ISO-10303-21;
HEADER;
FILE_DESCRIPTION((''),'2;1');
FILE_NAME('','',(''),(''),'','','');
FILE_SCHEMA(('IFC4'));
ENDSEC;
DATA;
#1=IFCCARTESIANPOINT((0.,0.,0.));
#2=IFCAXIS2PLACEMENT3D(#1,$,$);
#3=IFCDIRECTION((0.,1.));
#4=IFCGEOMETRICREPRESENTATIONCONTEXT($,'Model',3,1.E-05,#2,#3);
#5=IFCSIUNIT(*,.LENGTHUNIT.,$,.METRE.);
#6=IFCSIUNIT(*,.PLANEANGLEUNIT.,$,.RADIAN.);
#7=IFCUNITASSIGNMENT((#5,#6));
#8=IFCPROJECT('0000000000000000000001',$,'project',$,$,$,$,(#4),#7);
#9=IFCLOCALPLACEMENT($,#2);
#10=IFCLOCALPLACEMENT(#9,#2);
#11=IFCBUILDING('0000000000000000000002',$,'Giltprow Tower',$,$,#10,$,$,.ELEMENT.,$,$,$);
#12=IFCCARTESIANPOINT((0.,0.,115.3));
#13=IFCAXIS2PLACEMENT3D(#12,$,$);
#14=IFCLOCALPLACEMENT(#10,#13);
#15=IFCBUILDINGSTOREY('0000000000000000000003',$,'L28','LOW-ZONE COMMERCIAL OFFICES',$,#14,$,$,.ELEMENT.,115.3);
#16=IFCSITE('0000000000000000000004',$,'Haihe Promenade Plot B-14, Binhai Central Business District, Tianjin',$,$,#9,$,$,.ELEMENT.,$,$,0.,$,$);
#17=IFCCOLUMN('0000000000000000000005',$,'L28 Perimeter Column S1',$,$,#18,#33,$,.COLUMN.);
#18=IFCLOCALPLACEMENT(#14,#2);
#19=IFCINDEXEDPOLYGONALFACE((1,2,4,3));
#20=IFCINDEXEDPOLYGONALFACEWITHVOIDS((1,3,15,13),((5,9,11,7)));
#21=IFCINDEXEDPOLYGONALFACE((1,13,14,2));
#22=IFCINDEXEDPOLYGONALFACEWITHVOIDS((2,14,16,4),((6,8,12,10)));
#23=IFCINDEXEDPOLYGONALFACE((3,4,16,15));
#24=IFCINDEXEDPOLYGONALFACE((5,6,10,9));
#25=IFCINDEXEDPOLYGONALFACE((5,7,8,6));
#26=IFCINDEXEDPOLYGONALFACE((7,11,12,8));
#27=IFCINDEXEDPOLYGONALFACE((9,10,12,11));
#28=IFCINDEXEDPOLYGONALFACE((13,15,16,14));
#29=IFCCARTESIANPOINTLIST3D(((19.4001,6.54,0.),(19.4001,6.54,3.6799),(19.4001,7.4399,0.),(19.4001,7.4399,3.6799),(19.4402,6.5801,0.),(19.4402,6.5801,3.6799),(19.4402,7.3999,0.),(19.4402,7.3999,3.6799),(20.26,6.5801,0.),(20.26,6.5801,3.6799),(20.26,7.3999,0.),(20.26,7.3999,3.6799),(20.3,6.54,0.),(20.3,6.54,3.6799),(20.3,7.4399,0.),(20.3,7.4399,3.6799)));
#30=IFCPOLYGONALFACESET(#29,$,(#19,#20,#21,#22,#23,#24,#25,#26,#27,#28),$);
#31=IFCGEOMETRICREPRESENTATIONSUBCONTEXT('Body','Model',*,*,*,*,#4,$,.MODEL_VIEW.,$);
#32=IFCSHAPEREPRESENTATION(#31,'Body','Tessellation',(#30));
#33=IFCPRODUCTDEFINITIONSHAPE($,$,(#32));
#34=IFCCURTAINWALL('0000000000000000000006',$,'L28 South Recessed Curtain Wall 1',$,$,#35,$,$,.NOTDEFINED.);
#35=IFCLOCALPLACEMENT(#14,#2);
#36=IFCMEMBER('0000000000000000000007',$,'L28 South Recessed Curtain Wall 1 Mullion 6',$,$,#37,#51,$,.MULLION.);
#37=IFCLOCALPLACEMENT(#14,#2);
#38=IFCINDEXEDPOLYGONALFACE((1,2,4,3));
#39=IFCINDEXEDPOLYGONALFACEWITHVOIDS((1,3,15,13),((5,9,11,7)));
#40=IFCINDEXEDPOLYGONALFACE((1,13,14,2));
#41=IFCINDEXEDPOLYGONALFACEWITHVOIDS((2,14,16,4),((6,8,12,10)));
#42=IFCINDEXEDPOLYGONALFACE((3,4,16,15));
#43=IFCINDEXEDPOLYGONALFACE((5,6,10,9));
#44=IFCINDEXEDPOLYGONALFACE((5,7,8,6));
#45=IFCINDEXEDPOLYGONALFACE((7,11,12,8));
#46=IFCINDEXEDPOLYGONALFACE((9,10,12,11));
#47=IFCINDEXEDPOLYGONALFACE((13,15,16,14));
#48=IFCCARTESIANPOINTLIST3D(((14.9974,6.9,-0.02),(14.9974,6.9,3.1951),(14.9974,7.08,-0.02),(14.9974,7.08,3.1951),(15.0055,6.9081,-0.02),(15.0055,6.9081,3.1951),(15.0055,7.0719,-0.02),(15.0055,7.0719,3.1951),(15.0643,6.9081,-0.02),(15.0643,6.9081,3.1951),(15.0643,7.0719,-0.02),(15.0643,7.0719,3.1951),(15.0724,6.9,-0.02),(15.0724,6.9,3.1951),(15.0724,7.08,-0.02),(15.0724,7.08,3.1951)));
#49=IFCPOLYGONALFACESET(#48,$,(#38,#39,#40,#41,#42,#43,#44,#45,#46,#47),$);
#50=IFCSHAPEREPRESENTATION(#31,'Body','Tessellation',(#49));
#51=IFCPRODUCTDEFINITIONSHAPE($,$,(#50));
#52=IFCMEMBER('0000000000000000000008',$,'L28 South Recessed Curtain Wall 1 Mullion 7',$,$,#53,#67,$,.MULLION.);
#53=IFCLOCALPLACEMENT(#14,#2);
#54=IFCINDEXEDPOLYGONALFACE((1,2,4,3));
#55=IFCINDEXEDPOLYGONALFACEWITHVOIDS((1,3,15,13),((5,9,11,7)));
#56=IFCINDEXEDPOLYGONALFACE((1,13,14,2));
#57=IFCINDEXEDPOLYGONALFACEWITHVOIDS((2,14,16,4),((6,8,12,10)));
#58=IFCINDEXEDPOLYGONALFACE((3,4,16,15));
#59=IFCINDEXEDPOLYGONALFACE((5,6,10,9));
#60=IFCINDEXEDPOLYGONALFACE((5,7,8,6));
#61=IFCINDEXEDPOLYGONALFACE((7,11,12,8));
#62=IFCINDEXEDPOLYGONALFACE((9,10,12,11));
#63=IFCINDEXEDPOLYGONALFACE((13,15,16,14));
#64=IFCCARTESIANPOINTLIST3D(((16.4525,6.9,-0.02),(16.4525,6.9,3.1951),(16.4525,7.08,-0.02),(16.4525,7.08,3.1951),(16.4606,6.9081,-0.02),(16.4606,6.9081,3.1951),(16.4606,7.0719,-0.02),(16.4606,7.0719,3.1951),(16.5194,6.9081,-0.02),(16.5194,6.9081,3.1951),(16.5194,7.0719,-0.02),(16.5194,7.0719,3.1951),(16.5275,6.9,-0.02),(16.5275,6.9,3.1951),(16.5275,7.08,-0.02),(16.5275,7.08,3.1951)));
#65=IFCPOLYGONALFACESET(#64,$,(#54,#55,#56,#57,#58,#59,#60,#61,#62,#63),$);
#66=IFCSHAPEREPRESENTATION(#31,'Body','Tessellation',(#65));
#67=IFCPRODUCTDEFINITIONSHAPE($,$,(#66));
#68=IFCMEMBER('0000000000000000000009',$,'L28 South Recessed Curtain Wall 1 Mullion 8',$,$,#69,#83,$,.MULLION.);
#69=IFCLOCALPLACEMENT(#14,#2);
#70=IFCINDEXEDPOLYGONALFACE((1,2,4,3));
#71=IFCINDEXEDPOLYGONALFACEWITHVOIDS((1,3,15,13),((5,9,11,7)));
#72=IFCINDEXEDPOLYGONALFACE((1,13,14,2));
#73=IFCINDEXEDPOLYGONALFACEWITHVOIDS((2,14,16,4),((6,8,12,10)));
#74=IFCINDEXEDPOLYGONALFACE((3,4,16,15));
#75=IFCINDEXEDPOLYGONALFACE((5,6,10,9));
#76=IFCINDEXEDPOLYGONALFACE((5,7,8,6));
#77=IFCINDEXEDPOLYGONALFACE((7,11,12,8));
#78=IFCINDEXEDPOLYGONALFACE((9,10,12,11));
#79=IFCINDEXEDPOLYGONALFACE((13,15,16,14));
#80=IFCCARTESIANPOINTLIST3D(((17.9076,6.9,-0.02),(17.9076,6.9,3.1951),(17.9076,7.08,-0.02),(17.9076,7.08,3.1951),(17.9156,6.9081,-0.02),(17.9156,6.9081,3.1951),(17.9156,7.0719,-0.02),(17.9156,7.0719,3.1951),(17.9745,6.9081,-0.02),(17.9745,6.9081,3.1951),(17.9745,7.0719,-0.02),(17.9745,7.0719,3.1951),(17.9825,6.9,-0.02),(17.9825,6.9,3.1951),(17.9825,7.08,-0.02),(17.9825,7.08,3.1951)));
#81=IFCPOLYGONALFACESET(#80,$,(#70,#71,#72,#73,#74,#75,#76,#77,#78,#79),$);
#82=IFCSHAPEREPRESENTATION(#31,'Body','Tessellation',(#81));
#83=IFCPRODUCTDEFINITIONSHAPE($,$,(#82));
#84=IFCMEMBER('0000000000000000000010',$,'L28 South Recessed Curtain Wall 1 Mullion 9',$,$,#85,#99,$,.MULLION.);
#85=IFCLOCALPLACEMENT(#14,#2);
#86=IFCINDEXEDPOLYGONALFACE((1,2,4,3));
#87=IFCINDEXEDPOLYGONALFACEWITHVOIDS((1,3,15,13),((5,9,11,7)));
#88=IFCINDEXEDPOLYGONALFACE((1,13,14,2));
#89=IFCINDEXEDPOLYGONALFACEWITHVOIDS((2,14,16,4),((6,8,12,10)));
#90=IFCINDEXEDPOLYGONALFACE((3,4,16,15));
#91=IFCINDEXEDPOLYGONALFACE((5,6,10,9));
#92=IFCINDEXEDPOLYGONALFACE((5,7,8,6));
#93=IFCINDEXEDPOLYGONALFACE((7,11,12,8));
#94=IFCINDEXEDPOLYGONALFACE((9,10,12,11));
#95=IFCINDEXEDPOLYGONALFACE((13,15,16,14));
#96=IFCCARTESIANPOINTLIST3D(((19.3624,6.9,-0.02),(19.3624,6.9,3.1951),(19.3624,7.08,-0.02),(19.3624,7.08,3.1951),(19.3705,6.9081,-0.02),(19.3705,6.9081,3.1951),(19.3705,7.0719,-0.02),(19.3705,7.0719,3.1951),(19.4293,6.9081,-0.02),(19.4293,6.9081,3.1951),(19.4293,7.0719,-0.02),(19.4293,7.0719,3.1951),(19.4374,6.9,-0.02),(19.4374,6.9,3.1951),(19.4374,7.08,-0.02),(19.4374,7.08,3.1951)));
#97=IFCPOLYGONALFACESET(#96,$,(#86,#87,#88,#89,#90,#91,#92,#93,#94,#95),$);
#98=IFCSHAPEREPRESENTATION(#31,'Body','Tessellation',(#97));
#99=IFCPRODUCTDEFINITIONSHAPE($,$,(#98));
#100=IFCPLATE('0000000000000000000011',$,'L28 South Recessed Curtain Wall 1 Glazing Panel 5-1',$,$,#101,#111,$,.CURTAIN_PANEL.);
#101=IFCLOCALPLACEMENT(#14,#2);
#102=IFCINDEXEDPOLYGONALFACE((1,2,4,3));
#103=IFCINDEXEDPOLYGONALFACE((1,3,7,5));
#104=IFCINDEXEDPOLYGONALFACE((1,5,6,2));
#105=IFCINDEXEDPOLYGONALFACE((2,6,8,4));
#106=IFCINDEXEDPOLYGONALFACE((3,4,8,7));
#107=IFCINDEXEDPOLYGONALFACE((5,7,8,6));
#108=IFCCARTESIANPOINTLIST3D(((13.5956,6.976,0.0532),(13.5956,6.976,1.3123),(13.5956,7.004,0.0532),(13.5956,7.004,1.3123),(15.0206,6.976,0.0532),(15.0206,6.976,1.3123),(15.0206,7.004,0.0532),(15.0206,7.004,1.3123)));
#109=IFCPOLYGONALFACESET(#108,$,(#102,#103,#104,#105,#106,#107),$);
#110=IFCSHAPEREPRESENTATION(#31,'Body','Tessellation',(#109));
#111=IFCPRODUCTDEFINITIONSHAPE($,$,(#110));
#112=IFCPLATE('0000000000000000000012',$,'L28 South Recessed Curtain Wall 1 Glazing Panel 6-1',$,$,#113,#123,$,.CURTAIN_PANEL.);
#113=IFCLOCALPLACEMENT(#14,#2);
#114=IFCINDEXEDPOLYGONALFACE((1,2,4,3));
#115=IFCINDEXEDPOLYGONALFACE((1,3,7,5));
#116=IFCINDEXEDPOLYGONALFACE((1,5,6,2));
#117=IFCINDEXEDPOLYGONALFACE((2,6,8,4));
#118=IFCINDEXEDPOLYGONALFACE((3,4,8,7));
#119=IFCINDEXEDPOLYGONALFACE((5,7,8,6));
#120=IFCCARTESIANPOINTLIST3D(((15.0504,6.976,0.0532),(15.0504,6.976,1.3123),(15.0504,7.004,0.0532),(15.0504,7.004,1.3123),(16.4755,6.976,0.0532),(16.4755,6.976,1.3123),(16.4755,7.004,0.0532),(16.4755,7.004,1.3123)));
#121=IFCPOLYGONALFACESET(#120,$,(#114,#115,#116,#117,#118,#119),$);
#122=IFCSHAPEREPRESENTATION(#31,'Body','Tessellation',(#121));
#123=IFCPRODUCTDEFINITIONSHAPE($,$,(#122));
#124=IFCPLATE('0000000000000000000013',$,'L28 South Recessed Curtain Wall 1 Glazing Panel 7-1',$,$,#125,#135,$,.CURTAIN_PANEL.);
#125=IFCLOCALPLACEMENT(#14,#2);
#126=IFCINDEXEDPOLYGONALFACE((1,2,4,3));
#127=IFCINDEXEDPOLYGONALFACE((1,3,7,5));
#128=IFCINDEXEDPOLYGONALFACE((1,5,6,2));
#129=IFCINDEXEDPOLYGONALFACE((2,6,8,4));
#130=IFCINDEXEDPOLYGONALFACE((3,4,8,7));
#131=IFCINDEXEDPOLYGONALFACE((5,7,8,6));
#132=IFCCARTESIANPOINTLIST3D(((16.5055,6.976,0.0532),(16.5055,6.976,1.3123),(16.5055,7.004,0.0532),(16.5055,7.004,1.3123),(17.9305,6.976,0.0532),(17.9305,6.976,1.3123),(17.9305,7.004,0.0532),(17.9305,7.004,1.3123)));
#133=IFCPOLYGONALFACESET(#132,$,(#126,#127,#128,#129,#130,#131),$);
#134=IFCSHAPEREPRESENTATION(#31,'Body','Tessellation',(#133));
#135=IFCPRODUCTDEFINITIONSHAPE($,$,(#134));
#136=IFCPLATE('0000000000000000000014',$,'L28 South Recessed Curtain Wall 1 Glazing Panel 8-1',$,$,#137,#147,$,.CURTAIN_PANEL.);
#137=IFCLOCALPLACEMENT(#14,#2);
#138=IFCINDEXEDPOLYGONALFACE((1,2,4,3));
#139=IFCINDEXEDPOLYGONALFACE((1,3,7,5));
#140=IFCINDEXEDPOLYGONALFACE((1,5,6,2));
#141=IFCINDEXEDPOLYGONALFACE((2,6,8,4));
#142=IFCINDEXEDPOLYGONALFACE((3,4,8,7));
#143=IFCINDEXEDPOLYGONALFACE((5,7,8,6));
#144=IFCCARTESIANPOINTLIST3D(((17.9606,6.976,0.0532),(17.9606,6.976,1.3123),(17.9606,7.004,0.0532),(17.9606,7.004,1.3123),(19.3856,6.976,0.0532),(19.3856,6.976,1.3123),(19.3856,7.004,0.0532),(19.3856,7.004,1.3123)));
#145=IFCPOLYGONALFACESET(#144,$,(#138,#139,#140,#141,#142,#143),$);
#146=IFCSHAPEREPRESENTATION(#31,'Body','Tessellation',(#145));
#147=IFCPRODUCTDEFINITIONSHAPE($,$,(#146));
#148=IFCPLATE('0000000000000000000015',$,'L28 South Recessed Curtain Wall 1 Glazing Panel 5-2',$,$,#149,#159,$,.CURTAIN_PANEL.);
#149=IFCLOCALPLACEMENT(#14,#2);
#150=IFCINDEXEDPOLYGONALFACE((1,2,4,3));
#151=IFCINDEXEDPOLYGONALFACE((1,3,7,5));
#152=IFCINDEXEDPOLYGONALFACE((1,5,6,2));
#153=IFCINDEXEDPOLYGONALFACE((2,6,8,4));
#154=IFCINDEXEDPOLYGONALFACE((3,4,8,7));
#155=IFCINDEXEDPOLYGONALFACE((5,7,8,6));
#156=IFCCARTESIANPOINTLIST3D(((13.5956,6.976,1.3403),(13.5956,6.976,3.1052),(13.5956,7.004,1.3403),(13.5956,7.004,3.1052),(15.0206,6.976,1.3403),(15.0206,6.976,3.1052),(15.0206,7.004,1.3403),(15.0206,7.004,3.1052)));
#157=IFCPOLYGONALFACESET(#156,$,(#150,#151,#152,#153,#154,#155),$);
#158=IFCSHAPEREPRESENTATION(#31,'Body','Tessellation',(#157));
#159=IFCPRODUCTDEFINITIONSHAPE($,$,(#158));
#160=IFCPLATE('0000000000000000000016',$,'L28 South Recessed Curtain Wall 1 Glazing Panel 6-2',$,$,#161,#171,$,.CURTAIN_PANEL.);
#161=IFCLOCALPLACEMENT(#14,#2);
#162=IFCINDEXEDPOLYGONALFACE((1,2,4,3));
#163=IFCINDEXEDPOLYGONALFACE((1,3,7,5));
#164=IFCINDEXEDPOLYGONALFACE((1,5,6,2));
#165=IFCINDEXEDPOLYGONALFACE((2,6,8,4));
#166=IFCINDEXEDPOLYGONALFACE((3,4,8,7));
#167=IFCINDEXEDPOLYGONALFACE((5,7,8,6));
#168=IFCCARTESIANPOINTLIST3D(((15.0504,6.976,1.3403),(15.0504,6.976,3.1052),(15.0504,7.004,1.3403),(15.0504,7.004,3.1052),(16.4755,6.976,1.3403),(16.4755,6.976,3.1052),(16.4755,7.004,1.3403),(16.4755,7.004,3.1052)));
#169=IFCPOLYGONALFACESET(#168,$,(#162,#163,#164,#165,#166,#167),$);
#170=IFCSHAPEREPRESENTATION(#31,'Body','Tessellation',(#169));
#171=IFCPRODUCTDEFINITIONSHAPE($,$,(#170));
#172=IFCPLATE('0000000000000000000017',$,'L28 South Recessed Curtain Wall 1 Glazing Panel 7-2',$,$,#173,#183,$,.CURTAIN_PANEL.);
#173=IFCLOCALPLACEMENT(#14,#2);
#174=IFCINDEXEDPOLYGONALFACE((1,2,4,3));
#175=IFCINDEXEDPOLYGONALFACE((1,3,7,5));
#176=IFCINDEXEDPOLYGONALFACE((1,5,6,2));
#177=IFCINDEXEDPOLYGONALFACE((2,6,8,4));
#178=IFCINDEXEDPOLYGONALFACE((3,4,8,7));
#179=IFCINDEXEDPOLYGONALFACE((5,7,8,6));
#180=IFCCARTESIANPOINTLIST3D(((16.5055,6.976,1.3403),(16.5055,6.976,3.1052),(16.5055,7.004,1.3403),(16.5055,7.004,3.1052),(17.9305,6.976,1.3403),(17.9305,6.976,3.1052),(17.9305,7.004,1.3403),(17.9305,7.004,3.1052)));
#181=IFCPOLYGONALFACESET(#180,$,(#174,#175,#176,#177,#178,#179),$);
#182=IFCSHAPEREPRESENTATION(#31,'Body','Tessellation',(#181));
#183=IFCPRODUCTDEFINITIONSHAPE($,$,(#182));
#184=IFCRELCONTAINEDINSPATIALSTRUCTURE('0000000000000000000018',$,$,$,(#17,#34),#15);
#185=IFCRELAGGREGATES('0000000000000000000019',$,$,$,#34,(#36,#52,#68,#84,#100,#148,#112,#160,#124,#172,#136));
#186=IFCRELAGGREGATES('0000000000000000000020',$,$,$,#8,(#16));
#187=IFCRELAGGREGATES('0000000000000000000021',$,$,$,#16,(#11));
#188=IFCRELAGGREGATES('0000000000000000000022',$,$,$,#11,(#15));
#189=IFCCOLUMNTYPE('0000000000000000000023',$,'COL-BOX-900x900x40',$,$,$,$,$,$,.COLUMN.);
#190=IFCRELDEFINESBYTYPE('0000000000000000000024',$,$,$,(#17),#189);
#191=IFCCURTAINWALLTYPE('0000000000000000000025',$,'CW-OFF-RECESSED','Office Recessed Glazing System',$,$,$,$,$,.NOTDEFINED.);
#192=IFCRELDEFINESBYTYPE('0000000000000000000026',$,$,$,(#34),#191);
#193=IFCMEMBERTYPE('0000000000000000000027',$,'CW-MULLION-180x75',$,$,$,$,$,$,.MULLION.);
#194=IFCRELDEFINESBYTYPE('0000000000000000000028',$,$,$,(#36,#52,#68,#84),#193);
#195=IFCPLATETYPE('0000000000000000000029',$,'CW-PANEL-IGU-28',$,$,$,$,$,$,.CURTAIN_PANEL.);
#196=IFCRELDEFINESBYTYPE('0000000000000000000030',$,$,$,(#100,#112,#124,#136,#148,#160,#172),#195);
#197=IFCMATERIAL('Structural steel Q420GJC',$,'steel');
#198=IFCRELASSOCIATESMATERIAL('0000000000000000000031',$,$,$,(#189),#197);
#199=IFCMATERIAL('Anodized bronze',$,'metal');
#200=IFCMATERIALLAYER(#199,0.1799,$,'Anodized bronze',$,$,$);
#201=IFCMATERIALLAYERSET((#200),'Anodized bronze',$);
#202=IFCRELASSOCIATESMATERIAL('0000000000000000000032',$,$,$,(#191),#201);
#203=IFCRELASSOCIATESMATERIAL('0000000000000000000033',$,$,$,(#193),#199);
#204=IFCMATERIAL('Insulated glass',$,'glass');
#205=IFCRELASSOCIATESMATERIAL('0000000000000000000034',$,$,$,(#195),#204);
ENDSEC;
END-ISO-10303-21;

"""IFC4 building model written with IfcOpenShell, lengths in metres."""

from ifc_helpers import new_model, si_unit, direction, frame, origin, origin_2d, place, context, subcontext, project, spatial, rectangle, hollow_rectangle, extrude, source, transform, mapped, material, layer, layer_set, material_profile, profile_set, type_object, element, aggregate, save


model = new_model("IFC4")

# Units and contexts
model_context = context("Model", 3, precision=1e-05, world=origin(), true_north=direction((0.0, 1.0)))
body_context = subcontext(model_context, "Body", "Model", "MODEL_VIEW")
ifc_project = project(units=[si_unit("LENGTHUNIT", "METRE"), si_unit("PLANEANGLEUNIT", "RADIAN")], contexts=[model_context])

# Site, building, storey
site_placement = place(None, origin())
site = spatial("IfcSite", under=ifc_project, at=site_placement, Name="Haihe Promenade Plot B-14, Binhai Central Business District, Tianjin", CompositionType="ELEMENT", RefElevation=0.0)
building_placement = place(site_placement, origin())
building = spatial("IfcBuilding", under=site, at=building_placement, Name="Giltprow Tower", CompositionType="ELEMENT")
storey_placement = place(building_placement, frame((0.0, 0.0, 115.3)))
storey = spatial("IfcBuildingStorey", under=building, at=storey_placement, Name="L28", Description="LOW-ZONE COMMERCIAL OFFICES", CompositionType="ELEMENT", Elevation=115.3)

# Column
ifc_material_1 = material(Name="Structural steel Q420GJC", Category="steel")
ifc_material_profile_1 = material_profile(ifc_material_1, hollow_rectangle(XDim=0.8999, YDim=0.8999, WallThickness=0.04, at=origin_2d()), Name="BOX 900x900x40")
ifc_profile_set_1 = profile_set([ifc_material_profile_1], Name="Structural steel Q420GJC")
column_type = type_object("IfcColumnType", Name="COL-BOX-900x900x40", PredefinedType="COLUMN", material=ifc_profile_set_1)
shared_shape_1 = source(origin(), body_context, "Body", "SweptSolid", [
    extrude(hollow_rectangle(XDim=0.8999, YDim=0.8999, WallThickness=0.04, at=origin_2d()), origin(), (0.0, 0.0, 1.0), 3.6799),
])
column_placement = place(storey_placement, frame((19.8501, 6.99, 0.0), z_axis=(0.0, 0.0, 1.0), x_axis=(1.0, 0.0, 0.0)))
element("IfcColumn", 1, at=column_placement, inside=storey, type_object=column_type, Name="L28 Perimeter Column S1", PredefinedType="COLUMN", context=body_context, shape_type="MappedRepresentation", body=[
    mapped(shared_shape_1, transform((0.0, 0.0, 0.0), x_axis=(1.0, 0.0, 0.0), y_axis=(0.0, 1.0, 0.0), z_axis=(0.0, 0.0, 1.0), scale=1.0)),
])

# Curtain wall, members, plates
ifc_material_2 = material(Name="Anodized bronze", Category="metal")
ifc_layer = layer(ifc_material_2, 0.1799, Name="Anodized bronze")
ifc_layer_set = layer_set([ifc_layer], Name="Anodized bronze")
curtain_wall_type = type_object("IfcCurtainWallType", Name="CW-OFF-RECESSED", Description="Office Recessed Glazing System", PredefinedType="NOTDEFINED", material=ifc_layer_set)
curtain_wall_placement = place(storey_placement, origin())
curtain_wall = element("IfcCurtainWall", 2, at=curtain_wall_placement, inside=storey, type_object=curtain_wall_type, Name="L28 South Recessed Curtain Wall 1", PredefinedType="NOTDEFINED")
ifc_material_profile_2 = material_profile(ifc_material_2, hollow_rectangle(XDim=0.075, YDim=0.1799, WallThickness=0.0081, at=origin_2d()), Name="RHS 180x75x8")
ifc_profile_set_2 = profile_set([ifc_material_profile_2], Name="Anodized bronze")
member_type = type_object("IfcMemberType", Name="CW-MULLION-180x75", PredefinedType="MULLION", material=ifc_profile_set_2)
shared_shape_2 = source(origin(), body_context, "Body", "SweptSolid", [
    extrude(hollow_rectangle(XDim=0.075, YDim=0.1799, WallThickness=0.0081, at=origin_2d()), origin(), (0.0, 0.0, 1.0), 3.2151),
])
member_1_placement = place(storey_placement, frame((15.0349, 6.99, -0.02), z_axis=(0.0, 0.0, 1.0), x_axis=(1.0, 0.0, 0.0)))
member_1 = element("IfcMember", 3, at=member_1_placement, type_object=member_type, Name="L28 South Recessed Curtain Wall 1 Mullion 6", PredefinedType="MULLION", context=body_context, shape_type="MappedRepresentation", body=[
    mapped(shared_shape_2, transform((0.0, 0.0, 0.0), x_axis=(1.0, 0.0, 0.0), y_axis=(0.0, 1.0, 0.0), z_axis=(0.0, 0.0, 1.0), scale=1.0)),
])
member_2_placement = place(storey_placement, frame((16.49, 6.99, -0.02), z_axis=(0.0, 0.0, 1.0), x_axis=(1.0, 0.0, 0.0)))
member_2 = element("IfcMember", 4, at=member_2_placement, type_object=member_type, Name="L28 South Recessed Curtain Wall 1 Mullion 7", PredefinedType="MULLION", context=body_context, shape_type="MappedRepresentation", body=[
    mapped(shared_shape_2, transform((0.0, 0.0, 0.0), x_axis=(1.0, 0.0, 0.0), y_axis=(0.0, 1.0, 0.0), z_axis=(0.0, 0.0, 1.0), scale=1.0)),
])
member_3_placement = place(storey_placement, frame((17.9451, 6.99, -0.02), z_axis=(0.0, 0.0, 1.0), x_axis=(1.0, 0.0, 0.0)))
member_3 = element("IfcMember", 5, at=member_3_placement, type_object=member_type, Name="L28 South Recessed Curtain Wall 1 Mullion 8", PredefinedType="MULLION", context=body_context, shape_type="MappedRepresentation", body=[
    mapped(shared_shape_2, transform((0.0, 0.0, 0.0), x_axis=(1.0, 0.0, 0.0), y_axis=(0.0, 1.0, 0.0), z_axis=(0.0, 0.0, 1.0), scale=1.0)),
])
member_4_placement = place(storey_placement, frame((19.3999, 6.99, -0.02), z_axis=(0.0, 0.0, 1.0), x_axis=(1.0, 0.0, 0.0)))
member_4 = element("IfcMember", 6, at=member_4_placement, type_object=member_type, Name="L28 South Recessed Curtain Wall 1 Mullion 9", PredefinedType="MULLION", context=body_context, shape_type="MappedRepresentation", body=[
    mapped(shared_shape_2, transform((0.0, 0.0, 0.0), x_axis=(1.0, 0.0, 0.0), y_axis=(0.0, 1.0, 0.0), z_axis=(0.0, 0.0, 1.0), scale=1.0)),
])
ifc_material_3 = material(Name="Insulated glass", Category="glass")
plate_type = type_object("IfcPlateType", Name="CW-PANEL-IGU-28", PredefinedType="CURTAIN_PANEL", material=ifc_material_3)
shared_shape_3 = source(origin(), body_context, "Body", "SweptSolid", [
    extrude(rectangle(XDim=1.425, YDim=0.0281, at=origin_2d()), origin(), (0.0, 0.0, 1.0), 1.259),
])
plate_1_placement = place(storey_placement, frame((14.3081, 6.99, 0.0532), z_axis=(0.0, 0.0, 1.0), x_axis=(1.0, 0.0, 0.0)))
plate_1 = element("IfcPlate", 7, at=plate_1_placement, type_object=plate_type, Name="L28 South Recessed Curtain Wall 1 Glazing Panel 5-1", PredefinedType="CURTAIN_PANEL", context=body_context, shape_type="MappedRepresentation", body=[
    mapped(shared_shape_3, transform((0.0, 0.0, 0.0), x_axis=(1.0, 0.0, 0.0), y_axis=(0.0, 1.0, 0.0), z_axis=(0.0, 0.0, 1.0), scale=1.0)),
])
plate_2_placement = place(storey_placement, frame((15.7629, 6.99, 0.0532), z_axis=(0.0, 0.0, 1.0), x_axis=(1.0, 0.0, 0.0)))
plate_2 = element("IfcPlate", 8, at=plate_2_placement, type_object=plate_type, Name="L28 South Recessed Curtain Wall 1 Glazing Panel 6-1", PredefinedType="CURTAIN_PANEL", context=body_context, shape_type="MappedRepresentation", body=[
    mapped(shared_shape_3, transform((0.0, 0.0, 0.0), x_axis=(1.0, 0.0, 0.0), y_axis=(0.0, 1.0, 0.0), z_axis=(0.0, 0.0, 1.0), scale=1.0)),
])
plate_3_placement = place(storey_placement, frame((17.218, 6.99, 0.0532), z_axis=(0.0, 0.0, 1.0), x_axis=(1.0, 0.0, 0.0)))
plate_3 = element("IfcPlate", 9, at=plate_3_placement, type_object=plate_type, Name="L28 South Recessed Curtain Wall 1 Glazing Panel 7-1", PredefinedType="CURTAIN_PANEL", context=body_context, shape_type="MappedRepresentation", body=[
    mapped(shared_shape_3, transform((0.0, 0.0, 0.0), x_axis=(1.0, 0.0, 0.0), y_axis=(0.0, 1.0, 0.0), z_axis=(0.0, 0.0, 1.0), scale=1.0)),
])
plate_4_placement = place(storey_placement, frame((18.6731, 6.99, 0.0532), z_axis=(0.0, 0.0, 1.0), x_axis=(1.0, 0.0, 0.0)))
plate_4 = element("IfcPlate", 10, at=plate_4_placement, type_object=plate_type, Name="L28 South Recessed Curtain Wall 1 Glazing Panel 8-1", PredefinedType="CURTAIN_PANEL", context=body_context, shape_type="MappedRepresentation", body=[
    mapped(shared_shape_3, transform((0.0, 0.0, 0.0), x_axis=(1.0, 0.0, 0.0), y_axis=(0.0, 1.0, 0.0), z_axis=(0.0, 0.0, 1.0), scale=1.0)),
])
shared_shape_4 = source(origin(), body_context, "Body", "SweptSolid", [
    extrude(rectangle(XDim=1.425, YDim=0.0281, at=origin_2d()), origin(), (0.0, 0.0, 1.0), 1.7649),
])
plate_5_placement = place(storey_placement, frame((14.3081, 6.99, 1.3403), z_axis=(0.0, 0.0, 1.0), x_axis=(1.0, 0.0, 0.0)))
plate_5 = element("IfcPlate", 11, at=plate_5_placement, type_object=plate_type, Name="L28 South Recessed Curtain Wall 1 Glazing Panel 5-2", PredefinedType="CURTAIN_PANEL", context=body_context, shape_type="MappedRepresentation", body=[
    mapped(shared_shape_4, transform((0.0, 0.0, 0.0), x_axis=(1.0, 0.0, 0.0), y_axis=(0.0, 1.0, 0.0), z_axis=(0.0, 0.0, 1.0), scale=1.0)),
])
plate_6_placement = place(storey_placement, frame((15.7629, 6.99, 1.3403), z_axis=(0.0, 0.0, 1.0), x_axis=(1.0, 0.0, 0.0)))
plate_6 = element("IfcPlate", 12, at=plate_6_placement, type_object=plate_type, Name="L28 South Recessed Curtain Wall 1 Glazing Panel 6-2", PredefinedType="CURTAIN_PANEL", context=body_context, shape_type="MappedRepresentation", body=[
    mapped(shared_shape_4, transform((0.0, 0.0, 0.0), x_axis=(1.0, 0.0, 0.0), y_axis=(0.0, 1.0, 0.0), z_axis=(0.0, 0.0, 1.0), scale=1.0)),
])
plate_7_placement = place(storey_placement, frame((17.218, 6.99, 1.3403), z_axis=(0.0, 0.0, 1.0), x_axis=(1.0, 0.0, 0.0)))
plate_7 = element("IfcPlate", 13, at=plate_7_placement, type_object=plate_type, Name="L28 South Recessed Curtain Wall 1 Glazing Panel 7-2", PredefinedType="CURTAIN_PANEL", context=body_context, shape_type="MappedRepresentation", body=[
    mapped(shared_shape_4, transform((0.0, 0.0, 0.0), x_axis=(1.0, 0.0, 0.0), y_axis=(0.0, 1.0, 0.0), z_axis=(0.0, 0.0, 1.0), scale=1.0)),
])
aggregate(curtain_wall, [member_1, member_2, member_3, member_4, plate_1, plate_5, plate_2, plate_6, plate_3, plate_7, plate_4])

save(model, "model.ifc")
